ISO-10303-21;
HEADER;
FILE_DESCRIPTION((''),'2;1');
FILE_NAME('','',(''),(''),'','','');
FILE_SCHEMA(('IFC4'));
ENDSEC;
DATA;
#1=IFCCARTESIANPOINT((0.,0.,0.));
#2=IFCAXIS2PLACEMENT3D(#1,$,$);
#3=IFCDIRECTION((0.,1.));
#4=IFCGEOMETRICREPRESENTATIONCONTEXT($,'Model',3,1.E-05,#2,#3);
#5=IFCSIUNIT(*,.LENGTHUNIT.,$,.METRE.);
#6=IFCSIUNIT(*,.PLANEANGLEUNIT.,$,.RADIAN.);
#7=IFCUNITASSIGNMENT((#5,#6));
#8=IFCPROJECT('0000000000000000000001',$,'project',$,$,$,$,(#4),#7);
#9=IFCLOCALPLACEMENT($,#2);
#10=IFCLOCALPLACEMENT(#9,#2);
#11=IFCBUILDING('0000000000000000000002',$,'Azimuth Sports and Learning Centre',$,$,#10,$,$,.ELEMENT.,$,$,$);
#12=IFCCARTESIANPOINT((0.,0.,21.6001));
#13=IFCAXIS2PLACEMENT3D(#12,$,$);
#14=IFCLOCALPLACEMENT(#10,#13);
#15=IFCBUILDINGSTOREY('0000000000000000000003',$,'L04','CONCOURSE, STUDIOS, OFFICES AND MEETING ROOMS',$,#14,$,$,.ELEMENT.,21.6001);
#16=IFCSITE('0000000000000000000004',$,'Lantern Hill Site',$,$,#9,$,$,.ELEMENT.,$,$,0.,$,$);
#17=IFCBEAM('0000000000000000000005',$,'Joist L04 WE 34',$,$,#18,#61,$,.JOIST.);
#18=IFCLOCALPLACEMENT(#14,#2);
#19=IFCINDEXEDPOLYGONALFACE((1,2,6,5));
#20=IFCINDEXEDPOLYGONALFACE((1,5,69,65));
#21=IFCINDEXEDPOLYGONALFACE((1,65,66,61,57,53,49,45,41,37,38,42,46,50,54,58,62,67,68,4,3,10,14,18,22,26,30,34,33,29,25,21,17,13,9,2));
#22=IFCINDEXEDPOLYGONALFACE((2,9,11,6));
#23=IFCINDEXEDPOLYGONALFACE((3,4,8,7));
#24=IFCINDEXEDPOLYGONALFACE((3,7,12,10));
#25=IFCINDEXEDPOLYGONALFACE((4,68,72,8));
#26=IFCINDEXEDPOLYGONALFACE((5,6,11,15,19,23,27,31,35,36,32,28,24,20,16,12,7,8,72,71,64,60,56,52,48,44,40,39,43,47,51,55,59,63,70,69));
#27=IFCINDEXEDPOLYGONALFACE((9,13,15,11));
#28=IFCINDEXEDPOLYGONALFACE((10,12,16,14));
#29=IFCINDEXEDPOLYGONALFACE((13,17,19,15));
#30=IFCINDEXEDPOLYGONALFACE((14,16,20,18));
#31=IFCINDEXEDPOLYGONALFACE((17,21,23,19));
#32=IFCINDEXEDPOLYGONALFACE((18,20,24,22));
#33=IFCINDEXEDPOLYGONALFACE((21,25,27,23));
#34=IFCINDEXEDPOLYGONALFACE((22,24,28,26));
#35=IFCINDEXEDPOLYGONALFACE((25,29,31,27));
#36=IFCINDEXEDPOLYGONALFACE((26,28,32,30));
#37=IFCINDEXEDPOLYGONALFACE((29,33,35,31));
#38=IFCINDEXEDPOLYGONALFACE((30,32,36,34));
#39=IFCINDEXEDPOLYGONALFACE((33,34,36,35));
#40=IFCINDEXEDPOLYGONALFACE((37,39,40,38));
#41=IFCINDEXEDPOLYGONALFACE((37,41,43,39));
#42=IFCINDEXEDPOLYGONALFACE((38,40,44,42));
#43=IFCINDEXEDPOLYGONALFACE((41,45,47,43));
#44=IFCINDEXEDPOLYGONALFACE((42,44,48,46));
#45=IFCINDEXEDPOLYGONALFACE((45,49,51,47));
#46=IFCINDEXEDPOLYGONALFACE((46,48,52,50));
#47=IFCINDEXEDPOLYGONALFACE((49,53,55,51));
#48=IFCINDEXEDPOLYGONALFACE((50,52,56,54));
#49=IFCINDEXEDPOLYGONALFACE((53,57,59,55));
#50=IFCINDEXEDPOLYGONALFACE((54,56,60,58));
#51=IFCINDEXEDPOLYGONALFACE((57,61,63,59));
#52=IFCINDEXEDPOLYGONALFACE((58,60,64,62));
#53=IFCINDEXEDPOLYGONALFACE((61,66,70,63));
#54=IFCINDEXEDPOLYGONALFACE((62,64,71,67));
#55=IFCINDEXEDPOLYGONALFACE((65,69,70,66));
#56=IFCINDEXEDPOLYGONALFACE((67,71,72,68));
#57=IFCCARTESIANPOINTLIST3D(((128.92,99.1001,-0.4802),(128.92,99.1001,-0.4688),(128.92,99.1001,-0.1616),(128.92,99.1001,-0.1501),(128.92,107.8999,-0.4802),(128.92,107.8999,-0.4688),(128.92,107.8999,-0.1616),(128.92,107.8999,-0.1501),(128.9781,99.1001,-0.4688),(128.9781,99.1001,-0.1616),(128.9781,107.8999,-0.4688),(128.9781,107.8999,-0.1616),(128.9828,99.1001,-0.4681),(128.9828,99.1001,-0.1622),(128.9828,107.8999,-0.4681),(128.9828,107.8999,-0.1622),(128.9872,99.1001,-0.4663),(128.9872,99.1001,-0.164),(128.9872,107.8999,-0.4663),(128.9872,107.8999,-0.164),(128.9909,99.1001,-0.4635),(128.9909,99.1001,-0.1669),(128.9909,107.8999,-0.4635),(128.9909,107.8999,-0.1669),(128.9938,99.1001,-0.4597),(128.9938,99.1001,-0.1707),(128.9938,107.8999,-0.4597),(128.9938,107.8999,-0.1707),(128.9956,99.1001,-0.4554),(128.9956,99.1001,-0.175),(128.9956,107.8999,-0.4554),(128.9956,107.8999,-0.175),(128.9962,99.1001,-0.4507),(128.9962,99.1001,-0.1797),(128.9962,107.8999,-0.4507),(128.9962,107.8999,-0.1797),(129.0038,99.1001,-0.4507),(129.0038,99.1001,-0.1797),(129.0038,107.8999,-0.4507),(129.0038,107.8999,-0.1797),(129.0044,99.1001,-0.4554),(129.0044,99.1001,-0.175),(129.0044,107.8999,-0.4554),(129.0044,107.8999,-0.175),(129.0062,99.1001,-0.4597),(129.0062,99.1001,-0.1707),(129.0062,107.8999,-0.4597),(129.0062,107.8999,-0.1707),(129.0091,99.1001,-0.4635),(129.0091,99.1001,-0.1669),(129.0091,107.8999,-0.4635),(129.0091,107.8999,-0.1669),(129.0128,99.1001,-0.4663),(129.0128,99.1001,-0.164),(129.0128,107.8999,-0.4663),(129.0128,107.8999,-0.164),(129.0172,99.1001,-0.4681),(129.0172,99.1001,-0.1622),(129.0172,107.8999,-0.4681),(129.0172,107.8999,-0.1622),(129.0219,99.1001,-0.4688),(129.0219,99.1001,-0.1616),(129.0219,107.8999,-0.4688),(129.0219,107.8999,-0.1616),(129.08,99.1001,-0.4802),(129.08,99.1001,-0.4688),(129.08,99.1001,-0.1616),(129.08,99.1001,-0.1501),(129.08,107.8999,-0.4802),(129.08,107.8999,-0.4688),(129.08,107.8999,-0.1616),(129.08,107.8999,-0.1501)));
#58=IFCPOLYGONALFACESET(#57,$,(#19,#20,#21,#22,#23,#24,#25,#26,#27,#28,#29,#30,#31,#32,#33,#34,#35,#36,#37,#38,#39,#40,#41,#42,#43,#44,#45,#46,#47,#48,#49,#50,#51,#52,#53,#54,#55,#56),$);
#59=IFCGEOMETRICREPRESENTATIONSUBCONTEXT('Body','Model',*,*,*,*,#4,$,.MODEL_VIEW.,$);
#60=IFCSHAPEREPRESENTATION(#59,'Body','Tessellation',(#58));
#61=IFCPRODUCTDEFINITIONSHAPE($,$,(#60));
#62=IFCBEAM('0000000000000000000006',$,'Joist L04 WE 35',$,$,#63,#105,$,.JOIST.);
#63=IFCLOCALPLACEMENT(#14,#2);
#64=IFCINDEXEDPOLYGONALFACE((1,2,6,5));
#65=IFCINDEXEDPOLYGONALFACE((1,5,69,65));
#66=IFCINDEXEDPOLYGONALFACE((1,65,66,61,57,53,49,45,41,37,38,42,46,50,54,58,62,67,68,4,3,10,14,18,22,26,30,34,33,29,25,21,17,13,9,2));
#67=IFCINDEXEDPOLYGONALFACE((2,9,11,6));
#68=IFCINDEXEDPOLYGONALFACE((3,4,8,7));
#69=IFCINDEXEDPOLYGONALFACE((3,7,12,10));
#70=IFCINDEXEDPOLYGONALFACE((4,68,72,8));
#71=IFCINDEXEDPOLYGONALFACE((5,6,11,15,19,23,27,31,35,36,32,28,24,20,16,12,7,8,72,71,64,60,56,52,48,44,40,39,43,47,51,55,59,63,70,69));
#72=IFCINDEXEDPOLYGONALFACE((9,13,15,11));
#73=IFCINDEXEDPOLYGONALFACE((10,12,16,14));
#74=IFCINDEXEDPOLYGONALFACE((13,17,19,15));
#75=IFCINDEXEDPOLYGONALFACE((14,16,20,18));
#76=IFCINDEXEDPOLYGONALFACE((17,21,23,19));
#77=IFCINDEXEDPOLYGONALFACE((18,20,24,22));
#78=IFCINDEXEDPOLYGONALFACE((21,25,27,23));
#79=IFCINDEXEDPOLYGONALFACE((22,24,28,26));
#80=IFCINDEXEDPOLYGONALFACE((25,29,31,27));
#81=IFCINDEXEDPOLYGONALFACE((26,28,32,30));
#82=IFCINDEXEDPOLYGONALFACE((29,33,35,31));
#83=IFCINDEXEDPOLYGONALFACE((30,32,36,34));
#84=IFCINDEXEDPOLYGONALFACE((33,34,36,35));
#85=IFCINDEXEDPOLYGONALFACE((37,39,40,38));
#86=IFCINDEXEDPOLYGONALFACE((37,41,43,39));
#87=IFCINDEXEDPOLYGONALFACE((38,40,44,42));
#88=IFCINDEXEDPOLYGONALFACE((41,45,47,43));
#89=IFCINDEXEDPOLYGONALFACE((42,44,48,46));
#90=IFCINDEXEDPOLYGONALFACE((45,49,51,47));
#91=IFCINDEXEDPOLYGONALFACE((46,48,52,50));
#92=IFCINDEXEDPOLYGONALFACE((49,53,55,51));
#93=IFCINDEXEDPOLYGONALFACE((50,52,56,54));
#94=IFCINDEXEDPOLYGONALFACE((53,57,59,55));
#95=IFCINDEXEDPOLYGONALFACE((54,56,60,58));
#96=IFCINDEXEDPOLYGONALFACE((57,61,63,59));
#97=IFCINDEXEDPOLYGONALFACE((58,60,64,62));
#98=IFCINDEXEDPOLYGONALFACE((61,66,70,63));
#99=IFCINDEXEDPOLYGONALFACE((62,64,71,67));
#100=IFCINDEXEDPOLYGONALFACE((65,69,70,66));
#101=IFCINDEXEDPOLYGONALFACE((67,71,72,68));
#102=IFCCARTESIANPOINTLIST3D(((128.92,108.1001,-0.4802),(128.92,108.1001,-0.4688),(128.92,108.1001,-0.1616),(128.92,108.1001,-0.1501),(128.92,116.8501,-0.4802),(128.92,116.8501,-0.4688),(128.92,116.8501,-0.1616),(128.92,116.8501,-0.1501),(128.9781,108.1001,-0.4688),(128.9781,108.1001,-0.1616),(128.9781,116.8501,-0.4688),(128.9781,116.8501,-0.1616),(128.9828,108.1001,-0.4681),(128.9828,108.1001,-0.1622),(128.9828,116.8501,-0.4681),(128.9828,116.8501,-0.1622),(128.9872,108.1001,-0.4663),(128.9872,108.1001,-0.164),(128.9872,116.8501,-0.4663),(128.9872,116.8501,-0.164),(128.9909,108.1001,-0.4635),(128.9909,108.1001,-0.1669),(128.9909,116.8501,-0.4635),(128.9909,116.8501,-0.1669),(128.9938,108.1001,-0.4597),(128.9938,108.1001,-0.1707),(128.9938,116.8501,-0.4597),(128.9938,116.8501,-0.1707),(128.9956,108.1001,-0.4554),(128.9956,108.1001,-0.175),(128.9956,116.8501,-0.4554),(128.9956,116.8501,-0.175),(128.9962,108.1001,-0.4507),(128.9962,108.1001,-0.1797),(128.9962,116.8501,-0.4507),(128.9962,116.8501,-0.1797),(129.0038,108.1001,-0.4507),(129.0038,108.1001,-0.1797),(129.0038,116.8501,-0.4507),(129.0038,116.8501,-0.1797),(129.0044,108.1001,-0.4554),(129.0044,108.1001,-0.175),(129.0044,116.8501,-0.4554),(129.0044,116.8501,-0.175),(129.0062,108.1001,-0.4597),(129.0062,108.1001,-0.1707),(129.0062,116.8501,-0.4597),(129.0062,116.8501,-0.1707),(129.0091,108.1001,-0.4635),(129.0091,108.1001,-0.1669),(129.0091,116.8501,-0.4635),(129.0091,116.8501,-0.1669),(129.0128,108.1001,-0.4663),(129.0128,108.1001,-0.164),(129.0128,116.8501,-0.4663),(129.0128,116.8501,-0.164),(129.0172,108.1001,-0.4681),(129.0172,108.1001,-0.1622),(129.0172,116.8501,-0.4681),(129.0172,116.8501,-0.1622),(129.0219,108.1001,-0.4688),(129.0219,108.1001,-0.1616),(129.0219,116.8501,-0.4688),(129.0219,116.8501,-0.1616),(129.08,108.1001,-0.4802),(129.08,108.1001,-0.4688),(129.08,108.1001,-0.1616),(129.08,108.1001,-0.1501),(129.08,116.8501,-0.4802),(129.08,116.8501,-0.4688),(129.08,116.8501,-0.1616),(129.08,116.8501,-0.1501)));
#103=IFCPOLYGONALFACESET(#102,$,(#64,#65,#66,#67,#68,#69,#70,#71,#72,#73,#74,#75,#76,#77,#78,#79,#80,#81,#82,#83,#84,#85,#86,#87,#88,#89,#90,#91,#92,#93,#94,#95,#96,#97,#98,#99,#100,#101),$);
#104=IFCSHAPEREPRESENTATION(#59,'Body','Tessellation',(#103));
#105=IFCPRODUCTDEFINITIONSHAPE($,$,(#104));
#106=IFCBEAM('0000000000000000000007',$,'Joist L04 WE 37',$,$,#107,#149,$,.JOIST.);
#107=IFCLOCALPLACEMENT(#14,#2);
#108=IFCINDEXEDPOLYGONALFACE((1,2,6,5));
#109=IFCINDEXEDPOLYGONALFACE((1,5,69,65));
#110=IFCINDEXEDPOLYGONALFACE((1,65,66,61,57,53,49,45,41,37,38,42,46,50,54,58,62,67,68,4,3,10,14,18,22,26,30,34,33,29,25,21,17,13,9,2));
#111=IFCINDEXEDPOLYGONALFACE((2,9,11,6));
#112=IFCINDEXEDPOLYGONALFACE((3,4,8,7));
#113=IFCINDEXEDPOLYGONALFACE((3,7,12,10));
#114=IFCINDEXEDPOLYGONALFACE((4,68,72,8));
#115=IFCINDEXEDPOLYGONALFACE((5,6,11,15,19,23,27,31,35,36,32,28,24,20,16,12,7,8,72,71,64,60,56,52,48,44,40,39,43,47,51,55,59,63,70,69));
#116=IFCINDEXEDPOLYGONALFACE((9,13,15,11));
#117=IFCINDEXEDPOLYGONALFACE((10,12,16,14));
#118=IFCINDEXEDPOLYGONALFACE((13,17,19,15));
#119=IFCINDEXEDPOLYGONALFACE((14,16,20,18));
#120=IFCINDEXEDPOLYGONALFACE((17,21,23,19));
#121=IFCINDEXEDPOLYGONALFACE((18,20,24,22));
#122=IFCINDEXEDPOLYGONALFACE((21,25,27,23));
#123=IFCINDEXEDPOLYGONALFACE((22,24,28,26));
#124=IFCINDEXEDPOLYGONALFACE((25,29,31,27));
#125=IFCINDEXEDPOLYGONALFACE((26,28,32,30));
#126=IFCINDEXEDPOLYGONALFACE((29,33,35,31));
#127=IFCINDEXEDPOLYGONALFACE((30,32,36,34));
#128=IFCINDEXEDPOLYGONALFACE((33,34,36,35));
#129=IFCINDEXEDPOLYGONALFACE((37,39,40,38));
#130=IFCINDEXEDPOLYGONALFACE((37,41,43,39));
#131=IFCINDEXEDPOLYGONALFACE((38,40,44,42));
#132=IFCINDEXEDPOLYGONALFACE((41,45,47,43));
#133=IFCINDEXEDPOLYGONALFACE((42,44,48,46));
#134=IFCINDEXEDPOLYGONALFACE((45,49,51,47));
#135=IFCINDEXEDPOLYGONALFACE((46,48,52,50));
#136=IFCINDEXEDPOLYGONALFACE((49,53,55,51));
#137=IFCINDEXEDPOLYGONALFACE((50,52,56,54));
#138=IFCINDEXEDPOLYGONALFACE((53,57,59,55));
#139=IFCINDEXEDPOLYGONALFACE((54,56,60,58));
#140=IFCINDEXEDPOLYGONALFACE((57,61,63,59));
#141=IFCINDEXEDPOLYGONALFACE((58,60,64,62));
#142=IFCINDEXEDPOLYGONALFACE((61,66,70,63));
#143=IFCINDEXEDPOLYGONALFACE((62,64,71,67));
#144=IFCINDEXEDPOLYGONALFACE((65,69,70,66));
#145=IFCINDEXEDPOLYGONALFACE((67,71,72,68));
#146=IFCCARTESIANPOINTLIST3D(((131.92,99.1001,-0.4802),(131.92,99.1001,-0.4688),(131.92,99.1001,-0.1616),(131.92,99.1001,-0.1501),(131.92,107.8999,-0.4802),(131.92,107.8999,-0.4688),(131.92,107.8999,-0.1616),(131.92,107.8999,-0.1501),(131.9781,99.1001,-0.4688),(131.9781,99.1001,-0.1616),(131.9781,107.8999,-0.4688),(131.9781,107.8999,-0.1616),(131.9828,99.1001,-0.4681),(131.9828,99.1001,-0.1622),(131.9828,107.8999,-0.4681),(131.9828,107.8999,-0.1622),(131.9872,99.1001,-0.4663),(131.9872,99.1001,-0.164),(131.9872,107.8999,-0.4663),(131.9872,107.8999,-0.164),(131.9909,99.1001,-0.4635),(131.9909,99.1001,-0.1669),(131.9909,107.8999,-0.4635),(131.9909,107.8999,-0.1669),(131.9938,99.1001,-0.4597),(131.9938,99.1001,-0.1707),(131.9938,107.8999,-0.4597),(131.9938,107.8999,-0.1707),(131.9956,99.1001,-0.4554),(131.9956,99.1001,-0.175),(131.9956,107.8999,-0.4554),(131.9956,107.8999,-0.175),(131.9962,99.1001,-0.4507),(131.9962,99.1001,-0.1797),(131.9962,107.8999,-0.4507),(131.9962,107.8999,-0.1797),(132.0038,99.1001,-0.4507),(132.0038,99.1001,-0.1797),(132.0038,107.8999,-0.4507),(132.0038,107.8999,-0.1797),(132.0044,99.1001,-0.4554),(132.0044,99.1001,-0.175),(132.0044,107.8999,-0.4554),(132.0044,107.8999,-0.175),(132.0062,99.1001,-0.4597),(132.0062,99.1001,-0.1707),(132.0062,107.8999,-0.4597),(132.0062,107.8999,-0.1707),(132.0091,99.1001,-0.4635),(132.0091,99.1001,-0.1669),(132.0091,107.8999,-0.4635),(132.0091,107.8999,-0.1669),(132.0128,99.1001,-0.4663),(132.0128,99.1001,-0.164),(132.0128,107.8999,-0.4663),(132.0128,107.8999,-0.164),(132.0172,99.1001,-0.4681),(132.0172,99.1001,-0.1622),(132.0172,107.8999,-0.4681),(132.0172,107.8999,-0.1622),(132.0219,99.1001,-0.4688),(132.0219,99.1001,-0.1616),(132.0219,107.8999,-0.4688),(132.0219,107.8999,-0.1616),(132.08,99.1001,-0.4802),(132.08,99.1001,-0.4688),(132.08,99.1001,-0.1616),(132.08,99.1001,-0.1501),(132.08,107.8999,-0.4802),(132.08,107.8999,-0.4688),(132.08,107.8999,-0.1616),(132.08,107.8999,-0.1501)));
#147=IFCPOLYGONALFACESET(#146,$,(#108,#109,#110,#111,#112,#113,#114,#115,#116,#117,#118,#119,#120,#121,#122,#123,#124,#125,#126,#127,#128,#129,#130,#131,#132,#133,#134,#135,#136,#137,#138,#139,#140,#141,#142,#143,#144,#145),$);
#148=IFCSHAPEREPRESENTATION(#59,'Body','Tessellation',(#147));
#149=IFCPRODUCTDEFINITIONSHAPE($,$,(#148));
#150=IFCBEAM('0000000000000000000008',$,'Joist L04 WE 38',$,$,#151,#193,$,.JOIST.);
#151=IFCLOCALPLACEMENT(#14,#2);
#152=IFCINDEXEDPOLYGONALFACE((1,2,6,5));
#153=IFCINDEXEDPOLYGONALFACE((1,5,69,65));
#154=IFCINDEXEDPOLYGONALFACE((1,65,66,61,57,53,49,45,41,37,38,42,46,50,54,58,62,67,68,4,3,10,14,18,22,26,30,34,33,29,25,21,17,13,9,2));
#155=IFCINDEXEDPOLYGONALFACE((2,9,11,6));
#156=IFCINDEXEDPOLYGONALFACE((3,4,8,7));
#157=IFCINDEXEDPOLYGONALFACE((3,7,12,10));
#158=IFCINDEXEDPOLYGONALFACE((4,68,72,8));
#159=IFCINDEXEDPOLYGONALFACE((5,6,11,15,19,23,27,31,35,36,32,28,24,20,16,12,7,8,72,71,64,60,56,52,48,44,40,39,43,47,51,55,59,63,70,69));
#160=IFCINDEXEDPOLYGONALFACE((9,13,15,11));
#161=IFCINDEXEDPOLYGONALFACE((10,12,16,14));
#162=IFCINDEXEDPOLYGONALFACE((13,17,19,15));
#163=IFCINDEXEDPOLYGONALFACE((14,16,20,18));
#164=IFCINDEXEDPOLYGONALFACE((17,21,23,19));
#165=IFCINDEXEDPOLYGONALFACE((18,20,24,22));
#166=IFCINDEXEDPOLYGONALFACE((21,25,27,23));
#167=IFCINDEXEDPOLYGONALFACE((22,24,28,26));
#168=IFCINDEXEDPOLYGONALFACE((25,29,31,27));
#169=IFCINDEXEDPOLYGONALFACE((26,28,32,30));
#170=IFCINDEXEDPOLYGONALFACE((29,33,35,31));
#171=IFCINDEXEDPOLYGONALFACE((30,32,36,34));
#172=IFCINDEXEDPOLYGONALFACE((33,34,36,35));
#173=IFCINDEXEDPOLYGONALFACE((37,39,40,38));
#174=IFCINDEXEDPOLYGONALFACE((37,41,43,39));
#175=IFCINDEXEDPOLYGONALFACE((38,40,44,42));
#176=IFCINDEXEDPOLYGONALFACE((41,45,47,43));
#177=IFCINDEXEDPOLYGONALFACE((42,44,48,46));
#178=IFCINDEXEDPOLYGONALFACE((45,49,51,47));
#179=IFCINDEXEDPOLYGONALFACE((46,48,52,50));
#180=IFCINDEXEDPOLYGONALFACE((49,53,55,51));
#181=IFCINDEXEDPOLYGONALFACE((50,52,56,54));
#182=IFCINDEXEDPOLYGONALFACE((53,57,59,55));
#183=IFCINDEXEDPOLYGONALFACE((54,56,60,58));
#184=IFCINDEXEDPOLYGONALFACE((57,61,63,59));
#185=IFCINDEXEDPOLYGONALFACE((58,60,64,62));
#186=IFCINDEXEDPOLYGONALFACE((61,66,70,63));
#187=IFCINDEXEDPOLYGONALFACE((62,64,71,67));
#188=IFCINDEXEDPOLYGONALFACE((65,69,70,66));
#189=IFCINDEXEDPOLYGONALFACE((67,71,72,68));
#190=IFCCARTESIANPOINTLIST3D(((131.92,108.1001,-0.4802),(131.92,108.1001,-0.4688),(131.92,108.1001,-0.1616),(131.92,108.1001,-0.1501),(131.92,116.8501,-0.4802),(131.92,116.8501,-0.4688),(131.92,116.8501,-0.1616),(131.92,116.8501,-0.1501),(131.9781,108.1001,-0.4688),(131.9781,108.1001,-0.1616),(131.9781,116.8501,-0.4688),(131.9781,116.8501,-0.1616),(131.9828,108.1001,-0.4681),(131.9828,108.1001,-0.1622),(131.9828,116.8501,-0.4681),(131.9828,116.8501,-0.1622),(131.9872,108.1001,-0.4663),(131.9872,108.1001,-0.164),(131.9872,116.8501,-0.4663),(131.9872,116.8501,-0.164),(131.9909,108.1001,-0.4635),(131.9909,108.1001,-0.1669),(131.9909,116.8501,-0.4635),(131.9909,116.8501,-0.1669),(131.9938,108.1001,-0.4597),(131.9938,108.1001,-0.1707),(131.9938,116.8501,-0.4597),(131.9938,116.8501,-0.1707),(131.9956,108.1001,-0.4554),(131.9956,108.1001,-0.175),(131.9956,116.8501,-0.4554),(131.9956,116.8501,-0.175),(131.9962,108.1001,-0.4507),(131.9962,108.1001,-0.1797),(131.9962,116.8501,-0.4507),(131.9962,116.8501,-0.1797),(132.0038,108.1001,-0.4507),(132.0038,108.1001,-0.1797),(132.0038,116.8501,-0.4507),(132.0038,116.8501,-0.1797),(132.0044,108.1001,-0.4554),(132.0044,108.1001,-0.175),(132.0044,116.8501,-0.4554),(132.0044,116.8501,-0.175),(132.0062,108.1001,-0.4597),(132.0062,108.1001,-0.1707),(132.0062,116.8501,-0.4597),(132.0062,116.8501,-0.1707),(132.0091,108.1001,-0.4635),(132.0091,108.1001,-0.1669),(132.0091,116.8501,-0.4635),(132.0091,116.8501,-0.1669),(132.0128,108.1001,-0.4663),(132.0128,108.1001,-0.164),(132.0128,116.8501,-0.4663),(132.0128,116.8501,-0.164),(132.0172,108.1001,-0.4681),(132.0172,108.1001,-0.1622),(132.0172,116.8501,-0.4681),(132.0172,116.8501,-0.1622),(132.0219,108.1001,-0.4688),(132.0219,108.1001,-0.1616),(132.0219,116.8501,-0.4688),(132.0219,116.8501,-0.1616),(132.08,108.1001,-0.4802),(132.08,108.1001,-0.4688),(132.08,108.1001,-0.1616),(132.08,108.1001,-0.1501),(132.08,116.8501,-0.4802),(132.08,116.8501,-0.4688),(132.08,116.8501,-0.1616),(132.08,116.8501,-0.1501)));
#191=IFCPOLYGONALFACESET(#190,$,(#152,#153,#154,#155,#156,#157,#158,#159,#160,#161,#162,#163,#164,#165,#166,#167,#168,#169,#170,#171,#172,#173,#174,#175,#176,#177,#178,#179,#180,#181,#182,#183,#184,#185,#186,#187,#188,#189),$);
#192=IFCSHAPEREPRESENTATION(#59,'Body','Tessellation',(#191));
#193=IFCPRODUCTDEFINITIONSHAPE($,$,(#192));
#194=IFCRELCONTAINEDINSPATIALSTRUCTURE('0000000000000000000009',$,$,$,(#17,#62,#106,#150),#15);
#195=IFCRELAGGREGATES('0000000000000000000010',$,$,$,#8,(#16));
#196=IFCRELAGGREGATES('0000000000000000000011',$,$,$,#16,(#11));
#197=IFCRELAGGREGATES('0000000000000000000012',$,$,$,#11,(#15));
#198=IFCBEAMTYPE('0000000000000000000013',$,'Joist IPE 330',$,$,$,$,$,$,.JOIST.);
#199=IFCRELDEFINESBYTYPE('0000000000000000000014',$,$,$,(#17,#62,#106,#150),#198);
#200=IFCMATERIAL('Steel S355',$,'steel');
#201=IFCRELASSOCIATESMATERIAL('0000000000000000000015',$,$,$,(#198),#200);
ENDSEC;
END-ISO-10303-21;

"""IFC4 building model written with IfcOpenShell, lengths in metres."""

from ifc_helpers import new_model, si_unit, direction, frame, origin, origin_2d, place, context, subcontext, project, spatial, i_section, extrude, material, material_profile, profile_set, type_object, element, save


model = new_model("IFC4")

# Units and contexts
model_context = context("Model", 3, precision=1e-05, world=origin(), true_north=direction((0.0, 1.0)))
body_context = subcontext(model_context, "Body", "Model", "MODEL_VIEW")
ifc_project = project(units=[si_unit("LENGTHUNIT", "METRE"), si_unit("PLANEANGLEUNIT", "RADIAN")], contexts=[model_context])

# Site, building, storey
site_placement = place(None, origin())
site = spatial("IfcSite", under=ifc_project, at=site_placement, Name="Lantern Hill Site", CompositionType="ELEMENT", RefElevation=0.0)
building_placement = place(site_placement, origin())
building = spatial("IfcBuilding", under=site, at=building_placement, Name="Azimuth Sports and Learning Centre", CompositionType="ELEMENT")
storey_placement = place(building_placement, frame((0.0, 0.0, 21.6001)))
storey = spatial("IfcBuildingStorey", under=building, at=storey_placement, Name="L04", Description="CONCOURSE, STUDIOS, OFFICES AND MEETING ROOMS", CompositionType="ELEMENT", Elevation=21.6001)

# Beams
ifc_material_1 = material(Name="Steel S355", Category="steel")
ifc_material_profile_1 = material_profile(ifc_material_1, i_section(OverallWidth=0.1599, OverallDepth=0.3301, WebThickness=0.0076, FlangeThickness=0.0115, FilletRadius=0.0181, at=origin_2d()), Name="IPE 330")
ifc_profile_set_1 = profile_set([ifc_material_profile_1], Name="Steel S355")
beam_type_1 = type_object("IfcBeamType", Name="Joist IPE 330", PredefinedType="JOIST", material=ifc_profile_set_1)
beam_1_placement = place(storey_placement, frame((129.0, 99.1001, -0.3152), z_axis=(0.0, 1.0, 0.0), x_axis=(-1.0, 0.0, 0.0)))
element("IfcBeam", 1, at=beam_1_placement, inside=storey, type_object=beam_type_1, Name="Joist L04 WE 34", PredefinedType="JOIST", context=body_context, shape_type="SweptSolid", body=[
    extrude(i_section(OverallWidth=0.1599, OverallDepth=0.3301, WebThickness=0.0076, FlangeThickness=0.0115, FilletRadius=0.0181, at=origin_2d()), origin(), (0.0, 0.0, 1.0), 8.7998),
])
beam_2_placement = place(storey_placement, frame((129.0, 108.1001, -0.3152), z_axis=(0.0, 1.0, 0.0), x_axis=(-1.0, 0.0, 0.0)))
element("IfcBeam", 2, at=beam_2_placement, inside=storey, type_object=beam_type_1, Name="Joist L04 WE 35", PredefinedType="JOIST", context=body_context, shape_type="SweptSolid", body=[
    extrude(i_section(OverallWidth=0.1599, OverallDepth=0.3301, WebThickness=0.0076, FlangeThickness=0.0115, FilletRadius=0.0181, at=origin_2d()), origin(), (0.0, 0.0, 1.0), 8.75),
])
beam_3_placement = place(storey_placement, frame((132.0, 99.1001, -0.3152), z_axis=(0.0, 1.0, 0.0), x_axis=(-1.0, 0.0, 0.0)))
element("IfcBeam", 3, at=beam_3_placement, inside=storey, type_object=beam_type_1, Name="Joist L04 WE 37", PredefinedType="JOIST", context=body_context, shape_type="SweptSolid", body=[
    extrude(i_section(OverallWidth=0.1599, OverallDepth=0.3301, WebThickness=0.0076, FlangeThickness=0.0115, FilletRadius=0.0181, at=origin_2d()), origin(), (0.0, 0.0, 1.0), 8.7998),
])
beam_4_placement = place(storey_placement, frame((132.0, 108.1001, -0.3152), z_axis=(0.0, 1.0, 0.0), x_axis=(-1.0, 0.0, 0.0)))
element("IfcBeam", 4, at=beam_4_placement, inside=storey, type_object=beam_type_1, Name="Joist L04 WE 38", PredefinedType="JOIST", context=body_context, shape_type="SweptSolid", body=[
    extrude(i_section(OverallWidth=0.1599, OverallDepth=0.3301, WebThickness=0.0076, FlangeThickness=0.0115, FilletRadius=0.0181, at=origin_2d()), origin(), (0.0, 0.0, 1.0), 8.75),
])

save(model, "model.ifc")
